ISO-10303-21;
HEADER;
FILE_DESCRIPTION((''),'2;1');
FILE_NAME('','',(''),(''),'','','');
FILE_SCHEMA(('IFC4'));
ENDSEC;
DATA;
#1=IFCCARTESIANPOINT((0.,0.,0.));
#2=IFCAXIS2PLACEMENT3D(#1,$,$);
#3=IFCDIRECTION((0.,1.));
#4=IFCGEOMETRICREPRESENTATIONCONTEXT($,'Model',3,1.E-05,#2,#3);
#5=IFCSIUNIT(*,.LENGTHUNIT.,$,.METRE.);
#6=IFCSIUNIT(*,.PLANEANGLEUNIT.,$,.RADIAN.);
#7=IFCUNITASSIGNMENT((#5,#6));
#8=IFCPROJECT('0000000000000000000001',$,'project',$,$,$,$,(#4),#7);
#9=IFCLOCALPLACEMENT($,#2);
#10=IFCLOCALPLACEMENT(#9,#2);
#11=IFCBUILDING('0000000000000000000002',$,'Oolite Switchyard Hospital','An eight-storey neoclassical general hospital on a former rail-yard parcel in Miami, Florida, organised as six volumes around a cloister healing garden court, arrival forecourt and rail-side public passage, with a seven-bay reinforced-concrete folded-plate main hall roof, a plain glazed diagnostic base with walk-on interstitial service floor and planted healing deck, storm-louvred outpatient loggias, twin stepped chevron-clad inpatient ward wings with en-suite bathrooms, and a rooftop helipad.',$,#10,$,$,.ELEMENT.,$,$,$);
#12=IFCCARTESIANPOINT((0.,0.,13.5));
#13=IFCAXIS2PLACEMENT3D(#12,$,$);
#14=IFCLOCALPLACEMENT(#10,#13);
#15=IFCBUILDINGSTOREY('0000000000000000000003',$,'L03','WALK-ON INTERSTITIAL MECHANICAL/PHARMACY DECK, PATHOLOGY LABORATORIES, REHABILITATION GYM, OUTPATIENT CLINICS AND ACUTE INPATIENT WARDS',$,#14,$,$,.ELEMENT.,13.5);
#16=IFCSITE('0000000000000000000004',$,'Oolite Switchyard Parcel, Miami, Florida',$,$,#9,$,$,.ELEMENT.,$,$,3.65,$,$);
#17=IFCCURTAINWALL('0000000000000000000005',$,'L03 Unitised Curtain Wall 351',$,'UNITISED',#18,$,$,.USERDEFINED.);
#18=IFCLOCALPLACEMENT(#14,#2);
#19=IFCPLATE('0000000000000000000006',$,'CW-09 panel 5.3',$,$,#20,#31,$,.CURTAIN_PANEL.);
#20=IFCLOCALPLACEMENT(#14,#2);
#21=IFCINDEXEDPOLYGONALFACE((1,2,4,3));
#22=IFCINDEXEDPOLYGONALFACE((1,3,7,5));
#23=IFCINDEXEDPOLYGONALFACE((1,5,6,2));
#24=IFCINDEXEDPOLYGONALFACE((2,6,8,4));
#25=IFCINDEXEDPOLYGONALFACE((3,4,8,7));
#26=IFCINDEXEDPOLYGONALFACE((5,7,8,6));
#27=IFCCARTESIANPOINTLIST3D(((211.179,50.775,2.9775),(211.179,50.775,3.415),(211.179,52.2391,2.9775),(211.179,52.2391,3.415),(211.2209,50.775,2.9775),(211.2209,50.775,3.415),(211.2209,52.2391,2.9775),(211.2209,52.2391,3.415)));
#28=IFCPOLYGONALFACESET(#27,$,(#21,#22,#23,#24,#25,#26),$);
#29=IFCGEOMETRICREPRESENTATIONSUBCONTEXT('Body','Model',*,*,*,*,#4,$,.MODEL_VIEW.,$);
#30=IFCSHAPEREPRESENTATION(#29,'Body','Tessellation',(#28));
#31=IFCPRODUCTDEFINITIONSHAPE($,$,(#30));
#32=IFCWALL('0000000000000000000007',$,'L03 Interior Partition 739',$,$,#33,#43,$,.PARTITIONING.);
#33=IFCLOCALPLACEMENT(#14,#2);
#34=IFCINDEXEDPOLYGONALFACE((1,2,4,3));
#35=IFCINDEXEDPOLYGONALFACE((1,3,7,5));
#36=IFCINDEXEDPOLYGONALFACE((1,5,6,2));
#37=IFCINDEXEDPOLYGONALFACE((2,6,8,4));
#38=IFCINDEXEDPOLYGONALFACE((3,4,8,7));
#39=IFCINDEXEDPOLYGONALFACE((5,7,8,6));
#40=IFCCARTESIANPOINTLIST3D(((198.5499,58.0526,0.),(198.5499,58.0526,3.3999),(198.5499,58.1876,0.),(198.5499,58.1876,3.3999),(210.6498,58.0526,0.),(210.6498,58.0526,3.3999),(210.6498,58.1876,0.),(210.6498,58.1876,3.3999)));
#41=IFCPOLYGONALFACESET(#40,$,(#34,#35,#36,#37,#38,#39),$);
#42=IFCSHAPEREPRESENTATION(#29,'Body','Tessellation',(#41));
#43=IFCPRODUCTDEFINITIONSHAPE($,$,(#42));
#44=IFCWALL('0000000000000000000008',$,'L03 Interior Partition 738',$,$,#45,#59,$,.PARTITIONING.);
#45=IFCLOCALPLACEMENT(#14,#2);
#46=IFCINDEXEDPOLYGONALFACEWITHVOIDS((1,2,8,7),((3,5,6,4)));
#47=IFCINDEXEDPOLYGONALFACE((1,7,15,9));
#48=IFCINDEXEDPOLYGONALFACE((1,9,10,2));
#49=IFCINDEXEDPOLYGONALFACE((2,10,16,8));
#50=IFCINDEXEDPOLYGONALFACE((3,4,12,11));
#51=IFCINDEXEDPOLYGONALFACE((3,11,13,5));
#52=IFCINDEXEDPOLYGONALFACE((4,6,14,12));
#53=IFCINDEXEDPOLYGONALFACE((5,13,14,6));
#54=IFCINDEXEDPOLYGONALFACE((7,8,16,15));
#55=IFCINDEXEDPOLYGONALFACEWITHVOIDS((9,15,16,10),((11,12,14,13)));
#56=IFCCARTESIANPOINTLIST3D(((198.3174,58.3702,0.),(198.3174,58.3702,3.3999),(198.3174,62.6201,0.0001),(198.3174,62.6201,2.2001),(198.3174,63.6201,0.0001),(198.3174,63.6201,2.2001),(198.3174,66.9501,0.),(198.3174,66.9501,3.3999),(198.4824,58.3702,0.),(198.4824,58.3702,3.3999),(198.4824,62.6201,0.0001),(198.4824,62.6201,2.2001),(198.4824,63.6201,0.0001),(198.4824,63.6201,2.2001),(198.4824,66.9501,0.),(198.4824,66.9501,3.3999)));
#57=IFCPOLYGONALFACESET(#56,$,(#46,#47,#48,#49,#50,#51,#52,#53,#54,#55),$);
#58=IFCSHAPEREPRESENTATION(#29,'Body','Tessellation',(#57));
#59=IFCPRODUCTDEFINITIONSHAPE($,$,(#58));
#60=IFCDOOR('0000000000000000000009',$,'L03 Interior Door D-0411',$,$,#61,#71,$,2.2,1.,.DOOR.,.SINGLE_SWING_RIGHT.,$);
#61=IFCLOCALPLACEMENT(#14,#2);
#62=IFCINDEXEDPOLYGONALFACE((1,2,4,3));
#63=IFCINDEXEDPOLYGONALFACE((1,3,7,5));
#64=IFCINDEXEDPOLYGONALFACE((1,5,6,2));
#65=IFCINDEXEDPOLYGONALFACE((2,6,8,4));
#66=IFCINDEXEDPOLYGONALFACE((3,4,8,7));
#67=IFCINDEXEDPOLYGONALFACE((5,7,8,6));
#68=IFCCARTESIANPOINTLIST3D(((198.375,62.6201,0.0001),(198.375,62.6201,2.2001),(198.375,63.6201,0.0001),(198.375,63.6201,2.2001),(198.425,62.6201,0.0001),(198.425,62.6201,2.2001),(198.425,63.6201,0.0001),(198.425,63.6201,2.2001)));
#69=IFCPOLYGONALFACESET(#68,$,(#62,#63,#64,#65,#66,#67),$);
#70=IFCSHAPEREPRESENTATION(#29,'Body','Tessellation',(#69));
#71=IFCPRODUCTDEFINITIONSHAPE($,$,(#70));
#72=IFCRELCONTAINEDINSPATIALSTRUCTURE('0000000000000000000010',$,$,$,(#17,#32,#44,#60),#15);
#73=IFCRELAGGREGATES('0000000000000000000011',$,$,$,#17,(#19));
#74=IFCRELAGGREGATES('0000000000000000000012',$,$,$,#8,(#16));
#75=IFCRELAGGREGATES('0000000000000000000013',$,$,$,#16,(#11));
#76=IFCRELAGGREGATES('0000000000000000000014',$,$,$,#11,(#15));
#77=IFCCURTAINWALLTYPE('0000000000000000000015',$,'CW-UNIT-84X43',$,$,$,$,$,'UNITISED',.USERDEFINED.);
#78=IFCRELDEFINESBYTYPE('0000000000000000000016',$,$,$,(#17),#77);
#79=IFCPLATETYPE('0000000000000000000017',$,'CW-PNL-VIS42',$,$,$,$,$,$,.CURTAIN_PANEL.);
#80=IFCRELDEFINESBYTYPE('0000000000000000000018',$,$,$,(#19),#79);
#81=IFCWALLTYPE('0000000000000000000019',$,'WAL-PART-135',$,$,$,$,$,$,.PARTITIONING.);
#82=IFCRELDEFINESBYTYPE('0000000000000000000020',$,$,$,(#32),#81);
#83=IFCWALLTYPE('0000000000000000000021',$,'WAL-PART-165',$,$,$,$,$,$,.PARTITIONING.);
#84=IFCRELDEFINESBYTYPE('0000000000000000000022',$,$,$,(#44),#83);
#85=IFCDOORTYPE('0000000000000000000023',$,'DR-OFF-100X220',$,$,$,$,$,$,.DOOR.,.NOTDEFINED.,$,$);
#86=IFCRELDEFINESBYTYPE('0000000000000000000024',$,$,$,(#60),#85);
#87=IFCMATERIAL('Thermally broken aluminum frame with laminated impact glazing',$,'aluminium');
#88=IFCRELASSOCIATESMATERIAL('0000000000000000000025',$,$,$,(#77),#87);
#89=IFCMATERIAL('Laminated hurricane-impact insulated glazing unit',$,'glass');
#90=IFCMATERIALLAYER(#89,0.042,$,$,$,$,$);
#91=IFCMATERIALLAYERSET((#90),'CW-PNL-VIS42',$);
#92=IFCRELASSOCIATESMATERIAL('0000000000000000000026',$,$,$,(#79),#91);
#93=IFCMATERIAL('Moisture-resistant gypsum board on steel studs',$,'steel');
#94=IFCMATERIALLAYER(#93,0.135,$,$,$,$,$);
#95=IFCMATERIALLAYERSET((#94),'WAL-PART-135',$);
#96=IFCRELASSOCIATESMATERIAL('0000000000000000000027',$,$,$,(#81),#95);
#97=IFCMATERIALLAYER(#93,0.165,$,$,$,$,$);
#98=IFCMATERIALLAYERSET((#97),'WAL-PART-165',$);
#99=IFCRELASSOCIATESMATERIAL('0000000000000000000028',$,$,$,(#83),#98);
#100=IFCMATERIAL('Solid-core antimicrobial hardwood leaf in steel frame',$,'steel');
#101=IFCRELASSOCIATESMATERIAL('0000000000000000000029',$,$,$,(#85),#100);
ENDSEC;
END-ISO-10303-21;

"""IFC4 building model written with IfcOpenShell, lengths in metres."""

from ifc_helpers import new_model, si_unit, direction, frame, frame_2d, origin, origin_2d, place, context, subcontext, project, spatial, rectangle, extrude, material, layer, layer_set, type_object, element, fill, aggregate, save


model = new_model("IFC4")

# Units and contexts
model_context = context("Model", 3, precision=1e-05, world=origin(), true_north=direction((0.0, 1.0)))
body_context = subcontext(model_context, "Body", "Model", "MODEL_VIEW")
ifc_project = project(units=[si_unit("LENGTHUNIT", "METRE"), si_unit("PLANEANGLEUNIT", "RADIAN")], contexts=[model_context])

# Site, building, storey
site_placement = place(None, origin())
site = spatial("IfcSite", under=ifc_project, at=site_placement, Name="Oolite Switchyard Parcel, Miami, Florida", CompositionType="ELEMENT", RefElevation=3.65)
building_placement = place(site_placement, origin())
building = spatial("IfcBuilding", under=site, at=building_placement, Name="Oolite Switchyard Hospital", Description="An eight-storey neoclassical general hospital on a former rail-yard parcel in Miami, Florida, organised as six volumes around a cloister healing garden court, arrival forecourt and rail-side public passage, with a seven-bay reinforced-concrete folded-plate main hall roof, a plain glazed diagnostic base with walk-on interstitial service floor and planted healing deck, storm-louvred outpatient loggias, twin stepped chevron-clad inpatient ward wings with en-suite bathrooms, and a rooftop helipad.", CompositionType="ELEMENT")
storey_placement = place(building_placement, frame((0.0, 0.0, 13.5)))
storey = spatial("IfcBuildingStorey", under=building, at=storey_placement, Name="L03", Description="WALK-ON INTERSTITIAL MECHANICAL/PHARMACY DECK, PATHOLOGY LABORATORIES, REHABILITATION GYM, OUTPATIENT CLINICS AND ACUTE INPATIENT WARDS", CompositionType="ELEMENT", Elevation=13.5)

# Curtain wall
ifc_material_1 = material(Name="Thermally broken aluminum frame with laminated impact glazing", Category="aluminium")
curtain_wall_type = type_object("IfcCurtainWallType", Name="CW-UNIT-84X43", ElementType="UNITISED", PredefinedType="USERDEFINED", material=ifc_material_1)
curtain_wall_1_placement = place(storey_placement, origin())
curtain_wall_1 = element("IfcCurtainWall", 1, at=curtain_wall_1_placement, inside=storey, type_object=curtain_wall_type, Name="L03 Unitised Curtain Wall 351", ObjectType="UNITISED", PredefinedType="USERDEFINED")

# Plate
ifc_material_2 = material(Name="Laminated hurricane-impact insulated glazing unit", Category="glass")
ifc_layer_1 = layer(ifc_material_2, 0.042)
ifc_layer_set_1 = layer_set([ifc_layer_1], Name="CW-PNL-VIS42")
plate_type = type_object("IfcPlateType", Name="CW-PNL-VIS42", PredefinedType="CURTAIN_PANEL", material=ifc_layer_set_1)
plate_1_placement = place(storey_placement, frame((211.2, 51.5071, 2.9775), z_axis=(0.0, 0.0, 1.0), x_axis=(0.0, -1.0, 0.0)))
plate_1 = element("IfcPlate", 2, at=plate_1_placement, type_object=plate_type, Name="CW-09 panel 5.3", PredefinedType="CURTAIN_PANEL", context=body_context, shape_type="SweptSolid", body=[
    extrude(rectangle(XDim=1.4641, YDim=0.042, at=origin_2d()), origin(), (0.0, 0.0, 1.0), 0.4375),
])
aggregate(curtain_wall_1, [plate_1])

# Wall
ifc_material_3 = material(Name="Moisture-resistant gypsum board on steel studs", Category="steel")
ifc_layer_2 = layer(ifc_material_3, 0.135)
ifc_layer_set_2 = layer_set([ifc_layer_2], Name="WAL-PART-135")
wall_type_1 = type_object("IfcWallType", Name="WAL-PART-135", PredefinedType="PARTITIONING", material=ifc_layer_set_2)
wall_1_placement = place(storey_placement, frame((198.55, 58.1201, 0.0), z_axis=(0.0, 0.0, 1.0), x_axis=(1.0, 0.0, 0.0)))
element("IfcWall", 3, at=wall_1_placement, inside=storey, type_object=wall_type_1, Name="L03 Interior Partition 739", PredefinedType="PARTITIONING", context=body_context, shape_type="SweptSolid", body=[
    extrude(rectangle(XDim=12.0999, YDim=0.135, at=frame_2d((6.0498, 0.0))), origin(), (0.0, 0.0, 1.0), 3.3999),
])

# Wall, opening, door
ifc_layer_3 = layer(ifc_material_3, 0.165)
ifc_layer_set_3 = layer_set([ifc_layer_3], Name="WAL-PART-165")
wall_type_2 = type_object("IfcWallType", Name="WAL-PART-165", PredefinedType="PARTITIONING", material=ifc_layer_set_3)
wall_2_placement = place(storey_placement, frame((198.3999, 58.3701, 0.0), z_axis=(0.0, 0.0, 1.0), x_axis=(0.0, 1.0, 0.0)))
wall_2 = element("IfcWall", 4, at=wall_2_placement, inside=storey, type_object=wall_type_2, Name="L03 Interior Partition 738", PredefinedType="PARTITIONING", context=body_context, shape_type="SweptSolid", body=[
    extrude(rectangle(XDim=8.5798, YDim=0.165, at=frame_2d((4.29, 0.0))), origin(), (0.0, 0.0, 1.0), 3.3999),
])
opening_placement = place(wall_2_placement, frame((4.25, 0.0, 0.0)))
opening = element("IfcOpeningElement", 5, at=opening_placement, cuts=wall_2, PredefinedType="OPENING", context=body_context, shape_type="SweptSolid", body=[
    extrude(rectangle(XDim=1.0, YDim=2.2, at=frame_2d((0.5, 1.1001))), frame((0.0, 0.0925, 0.0), z_axis=(0.0, -1.0, 0.0), x_axis=(1.0, 0.0, 0.0)), (0.0, 0.0, 1.0), 0.1851),
])
ifc_material_4 = material(Name="Solid-core antimicrobial hardwood leaf in steel frame", Category="steel")
door_type = type_object("IfcDoorType", Name="DR-OFF-100X220", OperationType="NOTDEFINED", PredefinedType="DOOR", material=ifc_material_4)
door_placement = place(opening_placement, origin())
door = element("IfcDoor", 6, at=door_placement, inside=storey, type_object=door_type, Name="L03 Interior Door D-0411", OperationType="SINGLE_SWING_RIGHT", OverallHeight=2.2, OverallWidth=1.0, PredefinedType="DOOR", context=body_context, shape_type="SweptSolid", body=[
    extrude(rectangle(XDim=1.0, YDim=2.2, at=frame_2d((0.5, 1.1001))), frame((0.0, 0.0249, 0.0), z_axis=(0.0, -1.0, 0.0), x_axis=(1.0, 0.0, 0.0)), (0.0, 0.0, 1.0), 0.05),
])
fill(opening, door)

save(model, "model.ifc")
